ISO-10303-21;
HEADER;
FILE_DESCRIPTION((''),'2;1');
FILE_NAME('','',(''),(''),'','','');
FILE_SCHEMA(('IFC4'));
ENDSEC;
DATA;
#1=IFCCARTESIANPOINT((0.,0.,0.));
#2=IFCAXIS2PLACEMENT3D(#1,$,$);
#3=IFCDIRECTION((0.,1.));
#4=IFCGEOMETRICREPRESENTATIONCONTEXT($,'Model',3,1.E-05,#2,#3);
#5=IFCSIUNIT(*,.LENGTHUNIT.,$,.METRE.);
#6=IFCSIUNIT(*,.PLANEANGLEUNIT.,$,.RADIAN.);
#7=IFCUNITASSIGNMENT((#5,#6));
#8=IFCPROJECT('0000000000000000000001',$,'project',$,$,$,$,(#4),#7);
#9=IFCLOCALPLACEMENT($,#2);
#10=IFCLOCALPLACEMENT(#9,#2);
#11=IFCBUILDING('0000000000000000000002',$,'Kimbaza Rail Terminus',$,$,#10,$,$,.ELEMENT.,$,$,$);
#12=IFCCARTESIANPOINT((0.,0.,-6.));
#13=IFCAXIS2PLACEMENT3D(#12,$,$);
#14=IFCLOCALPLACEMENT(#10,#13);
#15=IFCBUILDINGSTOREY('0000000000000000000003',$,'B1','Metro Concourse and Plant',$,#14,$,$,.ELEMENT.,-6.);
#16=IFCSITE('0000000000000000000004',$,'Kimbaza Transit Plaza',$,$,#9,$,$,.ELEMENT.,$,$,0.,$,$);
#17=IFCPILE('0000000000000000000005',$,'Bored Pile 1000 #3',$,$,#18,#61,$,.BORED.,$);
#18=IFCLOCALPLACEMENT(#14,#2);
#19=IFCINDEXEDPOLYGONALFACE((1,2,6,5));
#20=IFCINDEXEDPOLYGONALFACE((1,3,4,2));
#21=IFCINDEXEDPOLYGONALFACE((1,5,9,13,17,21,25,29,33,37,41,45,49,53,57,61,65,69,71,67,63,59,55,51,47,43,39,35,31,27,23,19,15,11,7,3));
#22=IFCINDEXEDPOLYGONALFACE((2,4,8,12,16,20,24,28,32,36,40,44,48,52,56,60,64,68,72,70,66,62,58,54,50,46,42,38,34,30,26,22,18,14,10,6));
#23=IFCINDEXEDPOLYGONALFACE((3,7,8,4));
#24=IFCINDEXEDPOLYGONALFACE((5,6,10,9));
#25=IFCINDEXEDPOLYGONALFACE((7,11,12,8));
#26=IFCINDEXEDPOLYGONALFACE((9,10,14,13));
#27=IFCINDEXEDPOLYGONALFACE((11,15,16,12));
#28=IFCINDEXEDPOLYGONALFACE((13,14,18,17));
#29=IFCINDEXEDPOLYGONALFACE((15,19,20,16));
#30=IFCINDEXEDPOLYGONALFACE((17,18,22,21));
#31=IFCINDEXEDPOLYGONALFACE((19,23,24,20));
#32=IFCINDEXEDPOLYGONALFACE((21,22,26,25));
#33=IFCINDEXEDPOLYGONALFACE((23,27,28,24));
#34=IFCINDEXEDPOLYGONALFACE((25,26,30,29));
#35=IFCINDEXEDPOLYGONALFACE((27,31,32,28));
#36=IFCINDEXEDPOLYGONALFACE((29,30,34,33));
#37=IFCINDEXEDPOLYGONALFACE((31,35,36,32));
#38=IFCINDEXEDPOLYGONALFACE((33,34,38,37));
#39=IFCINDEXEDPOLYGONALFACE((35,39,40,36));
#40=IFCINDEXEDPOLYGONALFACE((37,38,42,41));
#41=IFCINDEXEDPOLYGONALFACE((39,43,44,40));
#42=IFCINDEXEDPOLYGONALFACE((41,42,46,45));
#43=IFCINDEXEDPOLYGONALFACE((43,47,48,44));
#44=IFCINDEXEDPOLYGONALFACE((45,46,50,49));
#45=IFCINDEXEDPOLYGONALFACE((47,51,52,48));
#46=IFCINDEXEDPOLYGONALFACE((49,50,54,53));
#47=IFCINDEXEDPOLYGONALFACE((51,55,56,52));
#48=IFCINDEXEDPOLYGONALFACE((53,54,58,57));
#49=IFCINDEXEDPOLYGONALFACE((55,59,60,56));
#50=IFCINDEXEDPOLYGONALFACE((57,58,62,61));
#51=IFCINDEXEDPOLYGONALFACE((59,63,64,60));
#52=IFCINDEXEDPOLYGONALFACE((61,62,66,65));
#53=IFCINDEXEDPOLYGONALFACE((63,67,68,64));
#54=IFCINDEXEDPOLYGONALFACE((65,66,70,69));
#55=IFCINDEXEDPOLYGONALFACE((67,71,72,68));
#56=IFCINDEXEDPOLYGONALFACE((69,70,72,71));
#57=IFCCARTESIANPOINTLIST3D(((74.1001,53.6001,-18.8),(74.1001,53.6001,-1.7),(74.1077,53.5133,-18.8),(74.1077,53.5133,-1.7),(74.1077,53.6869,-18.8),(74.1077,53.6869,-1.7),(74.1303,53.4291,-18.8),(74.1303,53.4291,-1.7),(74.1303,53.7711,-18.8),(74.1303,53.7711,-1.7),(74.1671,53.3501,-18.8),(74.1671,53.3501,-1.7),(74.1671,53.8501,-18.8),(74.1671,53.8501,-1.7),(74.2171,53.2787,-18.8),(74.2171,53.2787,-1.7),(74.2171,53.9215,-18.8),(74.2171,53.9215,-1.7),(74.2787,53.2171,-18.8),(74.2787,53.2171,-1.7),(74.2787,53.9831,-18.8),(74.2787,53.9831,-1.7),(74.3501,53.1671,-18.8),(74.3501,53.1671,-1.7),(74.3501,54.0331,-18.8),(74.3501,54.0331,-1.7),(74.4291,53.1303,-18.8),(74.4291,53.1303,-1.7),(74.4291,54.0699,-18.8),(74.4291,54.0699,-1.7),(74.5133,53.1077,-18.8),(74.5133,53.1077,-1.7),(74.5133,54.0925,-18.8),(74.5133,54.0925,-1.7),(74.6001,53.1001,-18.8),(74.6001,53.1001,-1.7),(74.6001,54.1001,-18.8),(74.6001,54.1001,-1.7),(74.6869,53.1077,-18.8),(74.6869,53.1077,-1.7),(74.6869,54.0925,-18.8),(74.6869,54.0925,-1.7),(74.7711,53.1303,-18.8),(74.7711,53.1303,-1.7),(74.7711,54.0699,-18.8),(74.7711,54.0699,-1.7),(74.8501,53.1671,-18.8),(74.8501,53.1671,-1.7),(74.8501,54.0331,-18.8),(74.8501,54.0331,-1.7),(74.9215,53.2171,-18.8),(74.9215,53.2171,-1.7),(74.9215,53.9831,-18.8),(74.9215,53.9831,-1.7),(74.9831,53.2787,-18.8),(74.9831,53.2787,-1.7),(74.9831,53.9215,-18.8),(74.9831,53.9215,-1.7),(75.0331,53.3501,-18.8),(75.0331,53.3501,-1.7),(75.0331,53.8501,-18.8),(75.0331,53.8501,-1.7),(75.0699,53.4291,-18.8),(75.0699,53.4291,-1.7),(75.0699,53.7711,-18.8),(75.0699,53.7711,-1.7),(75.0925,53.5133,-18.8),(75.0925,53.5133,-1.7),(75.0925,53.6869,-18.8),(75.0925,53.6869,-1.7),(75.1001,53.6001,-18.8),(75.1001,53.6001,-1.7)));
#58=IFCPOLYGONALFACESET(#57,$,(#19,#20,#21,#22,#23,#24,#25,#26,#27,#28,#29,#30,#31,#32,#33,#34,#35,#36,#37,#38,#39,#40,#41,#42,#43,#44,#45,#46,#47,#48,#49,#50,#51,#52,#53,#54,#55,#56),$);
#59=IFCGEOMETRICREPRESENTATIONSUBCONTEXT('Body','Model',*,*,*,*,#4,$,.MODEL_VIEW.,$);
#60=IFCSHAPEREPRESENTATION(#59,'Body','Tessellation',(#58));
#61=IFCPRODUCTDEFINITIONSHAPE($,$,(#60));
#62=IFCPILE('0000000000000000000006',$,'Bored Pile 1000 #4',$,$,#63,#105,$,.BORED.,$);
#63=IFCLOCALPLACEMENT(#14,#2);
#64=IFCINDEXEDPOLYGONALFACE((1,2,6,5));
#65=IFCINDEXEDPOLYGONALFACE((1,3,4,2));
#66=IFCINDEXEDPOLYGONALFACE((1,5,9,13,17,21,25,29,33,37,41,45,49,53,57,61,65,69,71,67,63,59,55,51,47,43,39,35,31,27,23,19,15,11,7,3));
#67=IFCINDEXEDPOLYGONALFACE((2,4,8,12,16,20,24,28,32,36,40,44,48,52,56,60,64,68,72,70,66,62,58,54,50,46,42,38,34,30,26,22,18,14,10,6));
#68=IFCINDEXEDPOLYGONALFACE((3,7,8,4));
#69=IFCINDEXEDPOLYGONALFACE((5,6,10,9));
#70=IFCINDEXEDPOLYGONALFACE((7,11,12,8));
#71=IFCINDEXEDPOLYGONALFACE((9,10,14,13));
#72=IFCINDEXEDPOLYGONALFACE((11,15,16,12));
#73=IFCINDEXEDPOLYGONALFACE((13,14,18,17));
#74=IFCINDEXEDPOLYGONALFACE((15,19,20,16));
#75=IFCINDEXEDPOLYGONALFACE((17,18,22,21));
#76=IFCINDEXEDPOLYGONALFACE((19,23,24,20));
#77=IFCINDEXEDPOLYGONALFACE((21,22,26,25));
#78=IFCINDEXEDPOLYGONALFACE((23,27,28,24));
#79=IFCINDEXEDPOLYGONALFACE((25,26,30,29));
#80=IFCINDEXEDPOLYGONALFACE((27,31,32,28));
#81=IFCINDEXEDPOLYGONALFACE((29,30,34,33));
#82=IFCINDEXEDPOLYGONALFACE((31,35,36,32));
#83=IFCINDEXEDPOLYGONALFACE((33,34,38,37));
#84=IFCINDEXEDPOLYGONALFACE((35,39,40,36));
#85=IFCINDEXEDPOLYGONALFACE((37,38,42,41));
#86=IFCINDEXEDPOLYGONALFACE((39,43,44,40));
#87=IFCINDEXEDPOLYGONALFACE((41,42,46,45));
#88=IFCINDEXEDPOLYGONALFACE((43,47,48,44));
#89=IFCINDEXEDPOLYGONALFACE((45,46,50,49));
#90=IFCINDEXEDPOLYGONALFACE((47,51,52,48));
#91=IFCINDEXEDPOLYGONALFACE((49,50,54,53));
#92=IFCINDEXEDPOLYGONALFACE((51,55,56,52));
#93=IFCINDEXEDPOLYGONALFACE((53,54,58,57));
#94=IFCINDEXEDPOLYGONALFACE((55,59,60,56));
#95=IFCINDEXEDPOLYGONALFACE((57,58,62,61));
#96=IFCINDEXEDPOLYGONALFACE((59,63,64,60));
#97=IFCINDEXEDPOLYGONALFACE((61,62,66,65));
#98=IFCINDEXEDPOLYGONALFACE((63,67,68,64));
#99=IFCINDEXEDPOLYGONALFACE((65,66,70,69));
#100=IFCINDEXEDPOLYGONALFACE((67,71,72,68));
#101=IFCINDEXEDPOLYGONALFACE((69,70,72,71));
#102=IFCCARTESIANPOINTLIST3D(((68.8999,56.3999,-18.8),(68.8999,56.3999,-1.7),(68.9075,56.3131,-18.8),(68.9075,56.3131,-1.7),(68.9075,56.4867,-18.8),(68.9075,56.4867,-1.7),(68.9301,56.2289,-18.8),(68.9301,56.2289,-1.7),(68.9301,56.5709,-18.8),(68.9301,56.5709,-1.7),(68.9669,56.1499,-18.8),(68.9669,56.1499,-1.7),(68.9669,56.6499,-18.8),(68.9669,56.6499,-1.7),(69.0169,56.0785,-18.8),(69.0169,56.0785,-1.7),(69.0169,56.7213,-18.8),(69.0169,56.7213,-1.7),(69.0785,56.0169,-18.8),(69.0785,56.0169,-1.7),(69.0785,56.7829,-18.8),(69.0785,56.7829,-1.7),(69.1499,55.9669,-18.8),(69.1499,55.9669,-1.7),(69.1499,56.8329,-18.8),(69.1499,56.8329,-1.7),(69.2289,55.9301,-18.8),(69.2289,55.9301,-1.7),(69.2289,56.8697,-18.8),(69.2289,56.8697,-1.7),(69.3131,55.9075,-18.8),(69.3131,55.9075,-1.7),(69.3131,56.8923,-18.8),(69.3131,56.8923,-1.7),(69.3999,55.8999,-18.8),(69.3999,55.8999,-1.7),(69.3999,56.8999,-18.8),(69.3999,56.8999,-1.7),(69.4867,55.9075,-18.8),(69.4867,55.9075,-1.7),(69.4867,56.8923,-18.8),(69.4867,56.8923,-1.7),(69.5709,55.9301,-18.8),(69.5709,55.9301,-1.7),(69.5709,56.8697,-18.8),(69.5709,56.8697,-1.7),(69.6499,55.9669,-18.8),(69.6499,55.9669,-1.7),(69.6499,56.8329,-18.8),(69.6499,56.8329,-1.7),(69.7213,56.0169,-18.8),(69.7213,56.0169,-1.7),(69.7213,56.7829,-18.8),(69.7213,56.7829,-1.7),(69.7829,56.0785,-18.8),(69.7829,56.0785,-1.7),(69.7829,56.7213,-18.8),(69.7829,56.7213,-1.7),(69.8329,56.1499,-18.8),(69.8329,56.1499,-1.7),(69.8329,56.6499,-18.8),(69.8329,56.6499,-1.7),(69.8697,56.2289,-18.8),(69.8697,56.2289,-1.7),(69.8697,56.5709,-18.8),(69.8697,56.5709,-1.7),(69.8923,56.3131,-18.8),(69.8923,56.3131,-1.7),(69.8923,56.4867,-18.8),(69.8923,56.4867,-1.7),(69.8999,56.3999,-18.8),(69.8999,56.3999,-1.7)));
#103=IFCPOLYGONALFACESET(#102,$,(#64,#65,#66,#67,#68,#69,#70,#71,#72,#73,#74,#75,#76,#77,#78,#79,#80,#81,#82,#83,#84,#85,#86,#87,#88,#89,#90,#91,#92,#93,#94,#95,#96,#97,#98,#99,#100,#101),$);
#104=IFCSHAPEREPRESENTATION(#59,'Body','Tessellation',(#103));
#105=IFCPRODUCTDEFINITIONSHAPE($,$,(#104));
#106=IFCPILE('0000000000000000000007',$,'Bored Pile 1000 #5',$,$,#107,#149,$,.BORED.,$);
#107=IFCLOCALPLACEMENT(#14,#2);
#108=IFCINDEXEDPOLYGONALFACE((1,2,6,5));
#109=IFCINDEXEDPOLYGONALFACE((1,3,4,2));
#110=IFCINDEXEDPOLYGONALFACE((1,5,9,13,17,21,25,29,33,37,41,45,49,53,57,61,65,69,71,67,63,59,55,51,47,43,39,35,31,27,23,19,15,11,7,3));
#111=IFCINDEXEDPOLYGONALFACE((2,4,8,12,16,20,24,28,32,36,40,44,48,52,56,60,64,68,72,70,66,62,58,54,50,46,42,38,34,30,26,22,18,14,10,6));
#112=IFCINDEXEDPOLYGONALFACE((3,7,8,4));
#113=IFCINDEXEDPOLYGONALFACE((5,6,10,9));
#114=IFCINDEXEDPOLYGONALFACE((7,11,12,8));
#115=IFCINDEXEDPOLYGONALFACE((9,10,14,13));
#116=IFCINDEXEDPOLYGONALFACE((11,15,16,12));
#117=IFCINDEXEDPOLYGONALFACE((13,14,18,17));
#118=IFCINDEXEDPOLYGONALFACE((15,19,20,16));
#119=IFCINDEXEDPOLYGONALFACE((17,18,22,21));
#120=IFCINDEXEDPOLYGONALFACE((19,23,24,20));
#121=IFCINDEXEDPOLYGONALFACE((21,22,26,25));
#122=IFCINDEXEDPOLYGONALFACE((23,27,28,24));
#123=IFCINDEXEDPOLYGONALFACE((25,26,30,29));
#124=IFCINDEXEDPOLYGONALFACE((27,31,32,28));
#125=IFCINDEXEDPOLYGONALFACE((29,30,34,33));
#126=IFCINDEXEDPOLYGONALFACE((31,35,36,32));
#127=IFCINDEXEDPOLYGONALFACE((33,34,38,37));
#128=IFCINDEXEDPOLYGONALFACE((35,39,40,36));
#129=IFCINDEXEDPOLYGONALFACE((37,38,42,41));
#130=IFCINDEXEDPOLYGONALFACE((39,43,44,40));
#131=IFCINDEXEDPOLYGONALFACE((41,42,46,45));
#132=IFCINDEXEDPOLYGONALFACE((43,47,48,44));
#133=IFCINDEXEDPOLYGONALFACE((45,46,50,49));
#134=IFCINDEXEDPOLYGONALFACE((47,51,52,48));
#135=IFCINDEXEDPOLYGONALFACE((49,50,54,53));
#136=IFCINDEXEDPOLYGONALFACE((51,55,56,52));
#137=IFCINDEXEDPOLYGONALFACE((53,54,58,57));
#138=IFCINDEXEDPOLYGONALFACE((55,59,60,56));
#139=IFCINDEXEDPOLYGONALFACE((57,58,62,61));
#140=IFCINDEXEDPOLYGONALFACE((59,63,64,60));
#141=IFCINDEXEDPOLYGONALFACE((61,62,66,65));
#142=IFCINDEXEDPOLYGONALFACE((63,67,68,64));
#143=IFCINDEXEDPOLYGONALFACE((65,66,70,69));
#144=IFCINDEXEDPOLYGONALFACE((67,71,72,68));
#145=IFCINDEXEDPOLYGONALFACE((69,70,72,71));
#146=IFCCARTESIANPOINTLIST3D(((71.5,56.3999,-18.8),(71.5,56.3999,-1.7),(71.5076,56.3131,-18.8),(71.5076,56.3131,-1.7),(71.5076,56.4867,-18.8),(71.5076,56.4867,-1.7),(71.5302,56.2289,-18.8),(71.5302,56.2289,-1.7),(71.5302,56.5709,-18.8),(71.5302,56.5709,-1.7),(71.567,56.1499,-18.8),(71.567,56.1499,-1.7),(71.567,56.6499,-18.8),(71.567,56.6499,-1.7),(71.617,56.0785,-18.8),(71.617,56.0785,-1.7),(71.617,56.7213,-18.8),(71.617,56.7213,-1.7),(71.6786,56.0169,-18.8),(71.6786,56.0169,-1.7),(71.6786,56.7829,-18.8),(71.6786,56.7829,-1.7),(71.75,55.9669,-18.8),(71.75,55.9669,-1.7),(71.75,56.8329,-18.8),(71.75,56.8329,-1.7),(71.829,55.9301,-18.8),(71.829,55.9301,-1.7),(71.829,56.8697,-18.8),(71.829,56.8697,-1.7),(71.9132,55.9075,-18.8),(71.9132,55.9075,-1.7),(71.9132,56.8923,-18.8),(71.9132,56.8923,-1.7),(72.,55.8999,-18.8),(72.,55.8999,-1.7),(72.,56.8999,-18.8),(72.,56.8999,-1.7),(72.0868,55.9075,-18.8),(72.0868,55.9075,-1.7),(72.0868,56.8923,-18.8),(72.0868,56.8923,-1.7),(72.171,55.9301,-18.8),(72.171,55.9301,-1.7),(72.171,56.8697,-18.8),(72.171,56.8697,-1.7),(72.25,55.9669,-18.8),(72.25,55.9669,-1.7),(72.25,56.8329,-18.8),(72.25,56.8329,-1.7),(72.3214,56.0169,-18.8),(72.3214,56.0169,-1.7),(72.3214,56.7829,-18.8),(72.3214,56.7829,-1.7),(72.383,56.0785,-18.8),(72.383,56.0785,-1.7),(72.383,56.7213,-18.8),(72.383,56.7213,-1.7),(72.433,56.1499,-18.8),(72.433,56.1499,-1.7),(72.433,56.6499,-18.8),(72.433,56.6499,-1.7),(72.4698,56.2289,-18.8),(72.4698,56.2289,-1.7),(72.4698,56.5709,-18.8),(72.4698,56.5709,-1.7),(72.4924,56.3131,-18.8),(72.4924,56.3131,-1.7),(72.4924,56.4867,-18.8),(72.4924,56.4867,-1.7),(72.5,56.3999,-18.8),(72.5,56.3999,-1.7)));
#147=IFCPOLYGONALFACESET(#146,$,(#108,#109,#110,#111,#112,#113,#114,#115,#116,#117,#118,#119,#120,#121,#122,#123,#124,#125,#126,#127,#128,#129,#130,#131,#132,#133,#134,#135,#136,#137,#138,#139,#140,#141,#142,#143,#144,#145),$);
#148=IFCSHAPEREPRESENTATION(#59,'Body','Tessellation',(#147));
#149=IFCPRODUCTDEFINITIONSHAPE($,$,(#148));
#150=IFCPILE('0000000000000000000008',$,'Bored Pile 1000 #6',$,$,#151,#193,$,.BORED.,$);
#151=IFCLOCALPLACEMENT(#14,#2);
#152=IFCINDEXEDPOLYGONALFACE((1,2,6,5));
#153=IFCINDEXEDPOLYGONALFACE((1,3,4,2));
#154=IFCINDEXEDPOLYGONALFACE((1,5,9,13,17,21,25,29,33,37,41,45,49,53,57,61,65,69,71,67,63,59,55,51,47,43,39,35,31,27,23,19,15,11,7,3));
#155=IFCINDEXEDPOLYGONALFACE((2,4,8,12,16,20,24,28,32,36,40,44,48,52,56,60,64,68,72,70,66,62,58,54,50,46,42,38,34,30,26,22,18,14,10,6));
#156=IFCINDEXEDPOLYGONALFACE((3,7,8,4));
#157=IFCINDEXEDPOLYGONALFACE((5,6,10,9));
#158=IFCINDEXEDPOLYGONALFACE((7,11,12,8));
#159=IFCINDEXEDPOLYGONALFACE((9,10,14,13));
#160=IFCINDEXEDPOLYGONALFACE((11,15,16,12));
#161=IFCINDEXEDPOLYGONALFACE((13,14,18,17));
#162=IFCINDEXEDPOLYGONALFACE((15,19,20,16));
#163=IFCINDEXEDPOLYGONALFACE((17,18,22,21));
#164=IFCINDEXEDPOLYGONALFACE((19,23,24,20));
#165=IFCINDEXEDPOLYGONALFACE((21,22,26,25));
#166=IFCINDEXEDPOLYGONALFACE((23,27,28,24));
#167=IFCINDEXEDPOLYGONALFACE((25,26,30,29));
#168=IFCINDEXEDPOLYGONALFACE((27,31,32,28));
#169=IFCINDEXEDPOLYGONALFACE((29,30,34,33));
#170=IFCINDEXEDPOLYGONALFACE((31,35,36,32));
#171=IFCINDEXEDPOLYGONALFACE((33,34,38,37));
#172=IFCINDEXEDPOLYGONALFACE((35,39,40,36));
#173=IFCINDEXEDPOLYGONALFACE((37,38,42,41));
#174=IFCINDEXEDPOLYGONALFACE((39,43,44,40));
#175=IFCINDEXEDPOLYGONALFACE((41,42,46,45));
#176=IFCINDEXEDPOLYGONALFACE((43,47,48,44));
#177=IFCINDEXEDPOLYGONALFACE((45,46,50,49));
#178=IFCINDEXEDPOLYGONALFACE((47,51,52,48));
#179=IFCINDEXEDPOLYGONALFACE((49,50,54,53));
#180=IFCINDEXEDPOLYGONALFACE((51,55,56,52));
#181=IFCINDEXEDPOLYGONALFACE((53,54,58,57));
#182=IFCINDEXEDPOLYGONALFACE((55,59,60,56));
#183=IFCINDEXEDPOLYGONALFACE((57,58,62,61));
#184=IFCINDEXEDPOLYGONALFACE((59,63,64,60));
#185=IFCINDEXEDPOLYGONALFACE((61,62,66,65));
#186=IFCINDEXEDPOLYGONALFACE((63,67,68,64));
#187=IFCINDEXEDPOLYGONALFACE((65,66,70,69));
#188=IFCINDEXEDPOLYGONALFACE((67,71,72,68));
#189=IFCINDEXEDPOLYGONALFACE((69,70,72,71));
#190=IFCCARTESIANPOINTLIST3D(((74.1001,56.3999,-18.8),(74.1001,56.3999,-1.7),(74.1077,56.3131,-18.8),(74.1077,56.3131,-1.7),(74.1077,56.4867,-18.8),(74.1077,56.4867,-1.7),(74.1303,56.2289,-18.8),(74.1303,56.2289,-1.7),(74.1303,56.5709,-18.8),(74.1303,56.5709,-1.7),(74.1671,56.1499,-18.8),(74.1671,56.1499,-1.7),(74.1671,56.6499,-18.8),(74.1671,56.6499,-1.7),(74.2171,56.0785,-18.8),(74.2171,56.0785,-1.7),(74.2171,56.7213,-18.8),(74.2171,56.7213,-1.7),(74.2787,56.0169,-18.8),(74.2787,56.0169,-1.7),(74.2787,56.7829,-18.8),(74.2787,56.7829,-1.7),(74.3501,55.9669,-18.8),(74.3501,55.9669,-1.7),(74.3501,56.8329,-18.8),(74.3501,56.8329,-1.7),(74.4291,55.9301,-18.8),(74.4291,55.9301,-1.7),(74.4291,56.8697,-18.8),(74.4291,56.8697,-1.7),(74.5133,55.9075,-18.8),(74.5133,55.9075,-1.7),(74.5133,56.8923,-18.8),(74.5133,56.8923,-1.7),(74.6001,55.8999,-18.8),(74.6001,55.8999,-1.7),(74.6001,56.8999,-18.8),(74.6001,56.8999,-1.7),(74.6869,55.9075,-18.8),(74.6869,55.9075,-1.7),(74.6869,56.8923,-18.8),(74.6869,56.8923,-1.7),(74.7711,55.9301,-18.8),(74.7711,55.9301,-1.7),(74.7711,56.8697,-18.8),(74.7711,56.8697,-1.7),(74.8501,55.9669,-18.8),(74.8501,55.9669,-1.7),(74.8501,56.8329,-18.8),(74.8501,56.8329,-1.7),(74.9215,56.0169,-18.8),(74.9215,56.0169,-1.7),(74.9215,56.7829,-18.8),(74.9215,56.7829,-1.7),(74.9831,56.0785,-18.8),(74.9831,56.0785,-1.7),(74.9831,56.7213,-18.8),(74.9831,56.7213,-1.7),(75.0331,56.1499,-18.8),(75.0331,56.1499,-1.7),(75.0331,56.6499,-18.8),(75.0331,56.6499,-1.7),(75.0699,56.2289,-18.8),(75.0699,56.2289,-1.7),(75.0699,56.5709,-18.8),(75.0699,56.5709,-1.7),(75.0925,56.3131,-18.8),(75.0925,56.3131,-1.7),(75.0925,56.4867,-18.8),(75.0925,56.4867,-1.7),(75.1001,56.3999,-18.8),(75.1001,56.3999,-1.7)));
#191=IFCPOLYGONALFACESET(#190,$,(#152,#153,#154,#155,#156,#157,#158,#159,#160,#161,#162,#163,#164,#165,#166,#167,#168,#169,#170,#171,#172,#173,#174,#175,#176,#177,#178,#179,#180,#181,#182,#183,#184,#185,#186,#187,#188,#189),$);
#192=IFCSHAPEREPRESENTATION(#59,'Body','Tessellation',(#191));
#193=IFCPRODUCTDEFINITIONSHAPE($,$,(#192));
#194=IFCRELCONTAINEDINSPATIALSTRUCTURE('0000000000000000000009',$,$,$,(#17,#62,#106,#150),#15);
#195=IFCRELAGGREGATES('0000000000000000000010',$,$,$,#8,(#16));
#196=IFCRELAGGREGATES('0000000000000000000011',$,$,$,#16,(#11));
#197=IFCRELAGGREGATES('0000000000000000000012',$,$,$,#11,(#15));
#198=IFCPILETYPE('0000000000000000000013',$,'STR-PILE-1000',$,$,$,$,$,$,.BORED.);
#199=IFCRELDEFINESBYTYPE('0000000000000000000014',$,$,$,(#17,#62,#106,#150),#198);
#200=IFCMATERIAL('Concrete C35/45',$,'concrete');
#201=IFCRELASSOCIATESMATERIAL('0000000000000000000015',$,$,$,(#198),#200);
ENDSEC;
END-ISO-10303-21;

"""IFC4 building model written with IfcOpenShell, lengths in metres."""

from ifc_helpers import new_model, si_unit, direction, frame, origin, origin_2d, place, context, subcontext, project, spatial, circle, extrude, material, material_profile, profile_set, type_object, element, save


model = new_model("IFC4")

# Units and contexts
model_context = context("Model", 3, precision=1e-05, world=origin(), true_north=direction((0.0, 1.0)))
body_context = subcontext(model_context, "Body", "Model", "MODEL_VIEW")
ifc_project = project(units=[si_unit("LENGTHUNIT", "METRE"), si_unit("PLANEANGLEUNIT", "RADIAN")], contexts=[model_context])

# Site, building, storey
site_placement = place(None, origin())
site = spatial("IfcSite", under=ifc_project, at=site_placement, Name="Kimbaza Transit Plaza", CompositionType="ELEMENT", RefElevation=0.0)
building_placement = place(site_placement, origin())
building = spatial("IfcBuilding", under=site, at=building_placement, Name="Kimbaza Rail Terminus", CompositionType="ELEMENT")
storey_placement = place(building_placement, frame((0.0, 0.0, -6.0)))
storey = spatial("IfcBuildingStorey", under=building, at=storey_placement, Name="B1", Description="Metro Concourse and Plant", CompositionType="ELEMENT", Elevation=-6.0)

# Piles
ifc_material_1 = material(Name="Concrete C35/45", Category="concrete")
ifc_material_profile_1 = material_profile(ifc_material_1, circle(Radius=0.5, at=origin_2d()), Name="BORED PILE 1000")
ifc_profile_set_1 = profile_set([ifc_material_profile_1], Name="Concrete C35/45")
pile_type_1 = type_object("IfcPileType", Name="STR-PILE-1000", PredefinedType="BORED", material=ifc_profile_set_1)
for number, where, z_axis, x_axis, name in (
    (1, (74.6001, 53.6001, -1.7), (0.0, 0.0, -1.0), (1.0, 0.0, 0.0), "Bored Pile 1000 #3"),
    (2, (69.3999, 56.3999, -1.7), (0.0, 0.0, -1.0), (1.0, 0.0, 0.0), "Bored Pile 1000 #4"),
    (3, (72.0, 56.3999, -1.7), (0.0, 0.0, -1.0), (1.0, 0.0, 0.0), "Bored Pile 1000 #5"),
    (4, (74.6001, 56.3999, -1.7), (0.0, 0.0, -1.0), (1.0, 0.0, 0.0), "Bored Pile 1000 #6"),
):
    element("IfcPile", number, at=place(storey_placement, frame(where, z_axis=z_axis, x_axis=x_axis)), inside=storey, type_object=pile_type_1, Name=name, PredefinedType="BORED", context=body_context, shape_type="SweptSolid", body=[
        extrude(circle(Radius=0.5, at=origin_2d()), origin(), (0.0, 0.0, 1.0), 17.1001),
    ])

save(model, "model.ifc")
